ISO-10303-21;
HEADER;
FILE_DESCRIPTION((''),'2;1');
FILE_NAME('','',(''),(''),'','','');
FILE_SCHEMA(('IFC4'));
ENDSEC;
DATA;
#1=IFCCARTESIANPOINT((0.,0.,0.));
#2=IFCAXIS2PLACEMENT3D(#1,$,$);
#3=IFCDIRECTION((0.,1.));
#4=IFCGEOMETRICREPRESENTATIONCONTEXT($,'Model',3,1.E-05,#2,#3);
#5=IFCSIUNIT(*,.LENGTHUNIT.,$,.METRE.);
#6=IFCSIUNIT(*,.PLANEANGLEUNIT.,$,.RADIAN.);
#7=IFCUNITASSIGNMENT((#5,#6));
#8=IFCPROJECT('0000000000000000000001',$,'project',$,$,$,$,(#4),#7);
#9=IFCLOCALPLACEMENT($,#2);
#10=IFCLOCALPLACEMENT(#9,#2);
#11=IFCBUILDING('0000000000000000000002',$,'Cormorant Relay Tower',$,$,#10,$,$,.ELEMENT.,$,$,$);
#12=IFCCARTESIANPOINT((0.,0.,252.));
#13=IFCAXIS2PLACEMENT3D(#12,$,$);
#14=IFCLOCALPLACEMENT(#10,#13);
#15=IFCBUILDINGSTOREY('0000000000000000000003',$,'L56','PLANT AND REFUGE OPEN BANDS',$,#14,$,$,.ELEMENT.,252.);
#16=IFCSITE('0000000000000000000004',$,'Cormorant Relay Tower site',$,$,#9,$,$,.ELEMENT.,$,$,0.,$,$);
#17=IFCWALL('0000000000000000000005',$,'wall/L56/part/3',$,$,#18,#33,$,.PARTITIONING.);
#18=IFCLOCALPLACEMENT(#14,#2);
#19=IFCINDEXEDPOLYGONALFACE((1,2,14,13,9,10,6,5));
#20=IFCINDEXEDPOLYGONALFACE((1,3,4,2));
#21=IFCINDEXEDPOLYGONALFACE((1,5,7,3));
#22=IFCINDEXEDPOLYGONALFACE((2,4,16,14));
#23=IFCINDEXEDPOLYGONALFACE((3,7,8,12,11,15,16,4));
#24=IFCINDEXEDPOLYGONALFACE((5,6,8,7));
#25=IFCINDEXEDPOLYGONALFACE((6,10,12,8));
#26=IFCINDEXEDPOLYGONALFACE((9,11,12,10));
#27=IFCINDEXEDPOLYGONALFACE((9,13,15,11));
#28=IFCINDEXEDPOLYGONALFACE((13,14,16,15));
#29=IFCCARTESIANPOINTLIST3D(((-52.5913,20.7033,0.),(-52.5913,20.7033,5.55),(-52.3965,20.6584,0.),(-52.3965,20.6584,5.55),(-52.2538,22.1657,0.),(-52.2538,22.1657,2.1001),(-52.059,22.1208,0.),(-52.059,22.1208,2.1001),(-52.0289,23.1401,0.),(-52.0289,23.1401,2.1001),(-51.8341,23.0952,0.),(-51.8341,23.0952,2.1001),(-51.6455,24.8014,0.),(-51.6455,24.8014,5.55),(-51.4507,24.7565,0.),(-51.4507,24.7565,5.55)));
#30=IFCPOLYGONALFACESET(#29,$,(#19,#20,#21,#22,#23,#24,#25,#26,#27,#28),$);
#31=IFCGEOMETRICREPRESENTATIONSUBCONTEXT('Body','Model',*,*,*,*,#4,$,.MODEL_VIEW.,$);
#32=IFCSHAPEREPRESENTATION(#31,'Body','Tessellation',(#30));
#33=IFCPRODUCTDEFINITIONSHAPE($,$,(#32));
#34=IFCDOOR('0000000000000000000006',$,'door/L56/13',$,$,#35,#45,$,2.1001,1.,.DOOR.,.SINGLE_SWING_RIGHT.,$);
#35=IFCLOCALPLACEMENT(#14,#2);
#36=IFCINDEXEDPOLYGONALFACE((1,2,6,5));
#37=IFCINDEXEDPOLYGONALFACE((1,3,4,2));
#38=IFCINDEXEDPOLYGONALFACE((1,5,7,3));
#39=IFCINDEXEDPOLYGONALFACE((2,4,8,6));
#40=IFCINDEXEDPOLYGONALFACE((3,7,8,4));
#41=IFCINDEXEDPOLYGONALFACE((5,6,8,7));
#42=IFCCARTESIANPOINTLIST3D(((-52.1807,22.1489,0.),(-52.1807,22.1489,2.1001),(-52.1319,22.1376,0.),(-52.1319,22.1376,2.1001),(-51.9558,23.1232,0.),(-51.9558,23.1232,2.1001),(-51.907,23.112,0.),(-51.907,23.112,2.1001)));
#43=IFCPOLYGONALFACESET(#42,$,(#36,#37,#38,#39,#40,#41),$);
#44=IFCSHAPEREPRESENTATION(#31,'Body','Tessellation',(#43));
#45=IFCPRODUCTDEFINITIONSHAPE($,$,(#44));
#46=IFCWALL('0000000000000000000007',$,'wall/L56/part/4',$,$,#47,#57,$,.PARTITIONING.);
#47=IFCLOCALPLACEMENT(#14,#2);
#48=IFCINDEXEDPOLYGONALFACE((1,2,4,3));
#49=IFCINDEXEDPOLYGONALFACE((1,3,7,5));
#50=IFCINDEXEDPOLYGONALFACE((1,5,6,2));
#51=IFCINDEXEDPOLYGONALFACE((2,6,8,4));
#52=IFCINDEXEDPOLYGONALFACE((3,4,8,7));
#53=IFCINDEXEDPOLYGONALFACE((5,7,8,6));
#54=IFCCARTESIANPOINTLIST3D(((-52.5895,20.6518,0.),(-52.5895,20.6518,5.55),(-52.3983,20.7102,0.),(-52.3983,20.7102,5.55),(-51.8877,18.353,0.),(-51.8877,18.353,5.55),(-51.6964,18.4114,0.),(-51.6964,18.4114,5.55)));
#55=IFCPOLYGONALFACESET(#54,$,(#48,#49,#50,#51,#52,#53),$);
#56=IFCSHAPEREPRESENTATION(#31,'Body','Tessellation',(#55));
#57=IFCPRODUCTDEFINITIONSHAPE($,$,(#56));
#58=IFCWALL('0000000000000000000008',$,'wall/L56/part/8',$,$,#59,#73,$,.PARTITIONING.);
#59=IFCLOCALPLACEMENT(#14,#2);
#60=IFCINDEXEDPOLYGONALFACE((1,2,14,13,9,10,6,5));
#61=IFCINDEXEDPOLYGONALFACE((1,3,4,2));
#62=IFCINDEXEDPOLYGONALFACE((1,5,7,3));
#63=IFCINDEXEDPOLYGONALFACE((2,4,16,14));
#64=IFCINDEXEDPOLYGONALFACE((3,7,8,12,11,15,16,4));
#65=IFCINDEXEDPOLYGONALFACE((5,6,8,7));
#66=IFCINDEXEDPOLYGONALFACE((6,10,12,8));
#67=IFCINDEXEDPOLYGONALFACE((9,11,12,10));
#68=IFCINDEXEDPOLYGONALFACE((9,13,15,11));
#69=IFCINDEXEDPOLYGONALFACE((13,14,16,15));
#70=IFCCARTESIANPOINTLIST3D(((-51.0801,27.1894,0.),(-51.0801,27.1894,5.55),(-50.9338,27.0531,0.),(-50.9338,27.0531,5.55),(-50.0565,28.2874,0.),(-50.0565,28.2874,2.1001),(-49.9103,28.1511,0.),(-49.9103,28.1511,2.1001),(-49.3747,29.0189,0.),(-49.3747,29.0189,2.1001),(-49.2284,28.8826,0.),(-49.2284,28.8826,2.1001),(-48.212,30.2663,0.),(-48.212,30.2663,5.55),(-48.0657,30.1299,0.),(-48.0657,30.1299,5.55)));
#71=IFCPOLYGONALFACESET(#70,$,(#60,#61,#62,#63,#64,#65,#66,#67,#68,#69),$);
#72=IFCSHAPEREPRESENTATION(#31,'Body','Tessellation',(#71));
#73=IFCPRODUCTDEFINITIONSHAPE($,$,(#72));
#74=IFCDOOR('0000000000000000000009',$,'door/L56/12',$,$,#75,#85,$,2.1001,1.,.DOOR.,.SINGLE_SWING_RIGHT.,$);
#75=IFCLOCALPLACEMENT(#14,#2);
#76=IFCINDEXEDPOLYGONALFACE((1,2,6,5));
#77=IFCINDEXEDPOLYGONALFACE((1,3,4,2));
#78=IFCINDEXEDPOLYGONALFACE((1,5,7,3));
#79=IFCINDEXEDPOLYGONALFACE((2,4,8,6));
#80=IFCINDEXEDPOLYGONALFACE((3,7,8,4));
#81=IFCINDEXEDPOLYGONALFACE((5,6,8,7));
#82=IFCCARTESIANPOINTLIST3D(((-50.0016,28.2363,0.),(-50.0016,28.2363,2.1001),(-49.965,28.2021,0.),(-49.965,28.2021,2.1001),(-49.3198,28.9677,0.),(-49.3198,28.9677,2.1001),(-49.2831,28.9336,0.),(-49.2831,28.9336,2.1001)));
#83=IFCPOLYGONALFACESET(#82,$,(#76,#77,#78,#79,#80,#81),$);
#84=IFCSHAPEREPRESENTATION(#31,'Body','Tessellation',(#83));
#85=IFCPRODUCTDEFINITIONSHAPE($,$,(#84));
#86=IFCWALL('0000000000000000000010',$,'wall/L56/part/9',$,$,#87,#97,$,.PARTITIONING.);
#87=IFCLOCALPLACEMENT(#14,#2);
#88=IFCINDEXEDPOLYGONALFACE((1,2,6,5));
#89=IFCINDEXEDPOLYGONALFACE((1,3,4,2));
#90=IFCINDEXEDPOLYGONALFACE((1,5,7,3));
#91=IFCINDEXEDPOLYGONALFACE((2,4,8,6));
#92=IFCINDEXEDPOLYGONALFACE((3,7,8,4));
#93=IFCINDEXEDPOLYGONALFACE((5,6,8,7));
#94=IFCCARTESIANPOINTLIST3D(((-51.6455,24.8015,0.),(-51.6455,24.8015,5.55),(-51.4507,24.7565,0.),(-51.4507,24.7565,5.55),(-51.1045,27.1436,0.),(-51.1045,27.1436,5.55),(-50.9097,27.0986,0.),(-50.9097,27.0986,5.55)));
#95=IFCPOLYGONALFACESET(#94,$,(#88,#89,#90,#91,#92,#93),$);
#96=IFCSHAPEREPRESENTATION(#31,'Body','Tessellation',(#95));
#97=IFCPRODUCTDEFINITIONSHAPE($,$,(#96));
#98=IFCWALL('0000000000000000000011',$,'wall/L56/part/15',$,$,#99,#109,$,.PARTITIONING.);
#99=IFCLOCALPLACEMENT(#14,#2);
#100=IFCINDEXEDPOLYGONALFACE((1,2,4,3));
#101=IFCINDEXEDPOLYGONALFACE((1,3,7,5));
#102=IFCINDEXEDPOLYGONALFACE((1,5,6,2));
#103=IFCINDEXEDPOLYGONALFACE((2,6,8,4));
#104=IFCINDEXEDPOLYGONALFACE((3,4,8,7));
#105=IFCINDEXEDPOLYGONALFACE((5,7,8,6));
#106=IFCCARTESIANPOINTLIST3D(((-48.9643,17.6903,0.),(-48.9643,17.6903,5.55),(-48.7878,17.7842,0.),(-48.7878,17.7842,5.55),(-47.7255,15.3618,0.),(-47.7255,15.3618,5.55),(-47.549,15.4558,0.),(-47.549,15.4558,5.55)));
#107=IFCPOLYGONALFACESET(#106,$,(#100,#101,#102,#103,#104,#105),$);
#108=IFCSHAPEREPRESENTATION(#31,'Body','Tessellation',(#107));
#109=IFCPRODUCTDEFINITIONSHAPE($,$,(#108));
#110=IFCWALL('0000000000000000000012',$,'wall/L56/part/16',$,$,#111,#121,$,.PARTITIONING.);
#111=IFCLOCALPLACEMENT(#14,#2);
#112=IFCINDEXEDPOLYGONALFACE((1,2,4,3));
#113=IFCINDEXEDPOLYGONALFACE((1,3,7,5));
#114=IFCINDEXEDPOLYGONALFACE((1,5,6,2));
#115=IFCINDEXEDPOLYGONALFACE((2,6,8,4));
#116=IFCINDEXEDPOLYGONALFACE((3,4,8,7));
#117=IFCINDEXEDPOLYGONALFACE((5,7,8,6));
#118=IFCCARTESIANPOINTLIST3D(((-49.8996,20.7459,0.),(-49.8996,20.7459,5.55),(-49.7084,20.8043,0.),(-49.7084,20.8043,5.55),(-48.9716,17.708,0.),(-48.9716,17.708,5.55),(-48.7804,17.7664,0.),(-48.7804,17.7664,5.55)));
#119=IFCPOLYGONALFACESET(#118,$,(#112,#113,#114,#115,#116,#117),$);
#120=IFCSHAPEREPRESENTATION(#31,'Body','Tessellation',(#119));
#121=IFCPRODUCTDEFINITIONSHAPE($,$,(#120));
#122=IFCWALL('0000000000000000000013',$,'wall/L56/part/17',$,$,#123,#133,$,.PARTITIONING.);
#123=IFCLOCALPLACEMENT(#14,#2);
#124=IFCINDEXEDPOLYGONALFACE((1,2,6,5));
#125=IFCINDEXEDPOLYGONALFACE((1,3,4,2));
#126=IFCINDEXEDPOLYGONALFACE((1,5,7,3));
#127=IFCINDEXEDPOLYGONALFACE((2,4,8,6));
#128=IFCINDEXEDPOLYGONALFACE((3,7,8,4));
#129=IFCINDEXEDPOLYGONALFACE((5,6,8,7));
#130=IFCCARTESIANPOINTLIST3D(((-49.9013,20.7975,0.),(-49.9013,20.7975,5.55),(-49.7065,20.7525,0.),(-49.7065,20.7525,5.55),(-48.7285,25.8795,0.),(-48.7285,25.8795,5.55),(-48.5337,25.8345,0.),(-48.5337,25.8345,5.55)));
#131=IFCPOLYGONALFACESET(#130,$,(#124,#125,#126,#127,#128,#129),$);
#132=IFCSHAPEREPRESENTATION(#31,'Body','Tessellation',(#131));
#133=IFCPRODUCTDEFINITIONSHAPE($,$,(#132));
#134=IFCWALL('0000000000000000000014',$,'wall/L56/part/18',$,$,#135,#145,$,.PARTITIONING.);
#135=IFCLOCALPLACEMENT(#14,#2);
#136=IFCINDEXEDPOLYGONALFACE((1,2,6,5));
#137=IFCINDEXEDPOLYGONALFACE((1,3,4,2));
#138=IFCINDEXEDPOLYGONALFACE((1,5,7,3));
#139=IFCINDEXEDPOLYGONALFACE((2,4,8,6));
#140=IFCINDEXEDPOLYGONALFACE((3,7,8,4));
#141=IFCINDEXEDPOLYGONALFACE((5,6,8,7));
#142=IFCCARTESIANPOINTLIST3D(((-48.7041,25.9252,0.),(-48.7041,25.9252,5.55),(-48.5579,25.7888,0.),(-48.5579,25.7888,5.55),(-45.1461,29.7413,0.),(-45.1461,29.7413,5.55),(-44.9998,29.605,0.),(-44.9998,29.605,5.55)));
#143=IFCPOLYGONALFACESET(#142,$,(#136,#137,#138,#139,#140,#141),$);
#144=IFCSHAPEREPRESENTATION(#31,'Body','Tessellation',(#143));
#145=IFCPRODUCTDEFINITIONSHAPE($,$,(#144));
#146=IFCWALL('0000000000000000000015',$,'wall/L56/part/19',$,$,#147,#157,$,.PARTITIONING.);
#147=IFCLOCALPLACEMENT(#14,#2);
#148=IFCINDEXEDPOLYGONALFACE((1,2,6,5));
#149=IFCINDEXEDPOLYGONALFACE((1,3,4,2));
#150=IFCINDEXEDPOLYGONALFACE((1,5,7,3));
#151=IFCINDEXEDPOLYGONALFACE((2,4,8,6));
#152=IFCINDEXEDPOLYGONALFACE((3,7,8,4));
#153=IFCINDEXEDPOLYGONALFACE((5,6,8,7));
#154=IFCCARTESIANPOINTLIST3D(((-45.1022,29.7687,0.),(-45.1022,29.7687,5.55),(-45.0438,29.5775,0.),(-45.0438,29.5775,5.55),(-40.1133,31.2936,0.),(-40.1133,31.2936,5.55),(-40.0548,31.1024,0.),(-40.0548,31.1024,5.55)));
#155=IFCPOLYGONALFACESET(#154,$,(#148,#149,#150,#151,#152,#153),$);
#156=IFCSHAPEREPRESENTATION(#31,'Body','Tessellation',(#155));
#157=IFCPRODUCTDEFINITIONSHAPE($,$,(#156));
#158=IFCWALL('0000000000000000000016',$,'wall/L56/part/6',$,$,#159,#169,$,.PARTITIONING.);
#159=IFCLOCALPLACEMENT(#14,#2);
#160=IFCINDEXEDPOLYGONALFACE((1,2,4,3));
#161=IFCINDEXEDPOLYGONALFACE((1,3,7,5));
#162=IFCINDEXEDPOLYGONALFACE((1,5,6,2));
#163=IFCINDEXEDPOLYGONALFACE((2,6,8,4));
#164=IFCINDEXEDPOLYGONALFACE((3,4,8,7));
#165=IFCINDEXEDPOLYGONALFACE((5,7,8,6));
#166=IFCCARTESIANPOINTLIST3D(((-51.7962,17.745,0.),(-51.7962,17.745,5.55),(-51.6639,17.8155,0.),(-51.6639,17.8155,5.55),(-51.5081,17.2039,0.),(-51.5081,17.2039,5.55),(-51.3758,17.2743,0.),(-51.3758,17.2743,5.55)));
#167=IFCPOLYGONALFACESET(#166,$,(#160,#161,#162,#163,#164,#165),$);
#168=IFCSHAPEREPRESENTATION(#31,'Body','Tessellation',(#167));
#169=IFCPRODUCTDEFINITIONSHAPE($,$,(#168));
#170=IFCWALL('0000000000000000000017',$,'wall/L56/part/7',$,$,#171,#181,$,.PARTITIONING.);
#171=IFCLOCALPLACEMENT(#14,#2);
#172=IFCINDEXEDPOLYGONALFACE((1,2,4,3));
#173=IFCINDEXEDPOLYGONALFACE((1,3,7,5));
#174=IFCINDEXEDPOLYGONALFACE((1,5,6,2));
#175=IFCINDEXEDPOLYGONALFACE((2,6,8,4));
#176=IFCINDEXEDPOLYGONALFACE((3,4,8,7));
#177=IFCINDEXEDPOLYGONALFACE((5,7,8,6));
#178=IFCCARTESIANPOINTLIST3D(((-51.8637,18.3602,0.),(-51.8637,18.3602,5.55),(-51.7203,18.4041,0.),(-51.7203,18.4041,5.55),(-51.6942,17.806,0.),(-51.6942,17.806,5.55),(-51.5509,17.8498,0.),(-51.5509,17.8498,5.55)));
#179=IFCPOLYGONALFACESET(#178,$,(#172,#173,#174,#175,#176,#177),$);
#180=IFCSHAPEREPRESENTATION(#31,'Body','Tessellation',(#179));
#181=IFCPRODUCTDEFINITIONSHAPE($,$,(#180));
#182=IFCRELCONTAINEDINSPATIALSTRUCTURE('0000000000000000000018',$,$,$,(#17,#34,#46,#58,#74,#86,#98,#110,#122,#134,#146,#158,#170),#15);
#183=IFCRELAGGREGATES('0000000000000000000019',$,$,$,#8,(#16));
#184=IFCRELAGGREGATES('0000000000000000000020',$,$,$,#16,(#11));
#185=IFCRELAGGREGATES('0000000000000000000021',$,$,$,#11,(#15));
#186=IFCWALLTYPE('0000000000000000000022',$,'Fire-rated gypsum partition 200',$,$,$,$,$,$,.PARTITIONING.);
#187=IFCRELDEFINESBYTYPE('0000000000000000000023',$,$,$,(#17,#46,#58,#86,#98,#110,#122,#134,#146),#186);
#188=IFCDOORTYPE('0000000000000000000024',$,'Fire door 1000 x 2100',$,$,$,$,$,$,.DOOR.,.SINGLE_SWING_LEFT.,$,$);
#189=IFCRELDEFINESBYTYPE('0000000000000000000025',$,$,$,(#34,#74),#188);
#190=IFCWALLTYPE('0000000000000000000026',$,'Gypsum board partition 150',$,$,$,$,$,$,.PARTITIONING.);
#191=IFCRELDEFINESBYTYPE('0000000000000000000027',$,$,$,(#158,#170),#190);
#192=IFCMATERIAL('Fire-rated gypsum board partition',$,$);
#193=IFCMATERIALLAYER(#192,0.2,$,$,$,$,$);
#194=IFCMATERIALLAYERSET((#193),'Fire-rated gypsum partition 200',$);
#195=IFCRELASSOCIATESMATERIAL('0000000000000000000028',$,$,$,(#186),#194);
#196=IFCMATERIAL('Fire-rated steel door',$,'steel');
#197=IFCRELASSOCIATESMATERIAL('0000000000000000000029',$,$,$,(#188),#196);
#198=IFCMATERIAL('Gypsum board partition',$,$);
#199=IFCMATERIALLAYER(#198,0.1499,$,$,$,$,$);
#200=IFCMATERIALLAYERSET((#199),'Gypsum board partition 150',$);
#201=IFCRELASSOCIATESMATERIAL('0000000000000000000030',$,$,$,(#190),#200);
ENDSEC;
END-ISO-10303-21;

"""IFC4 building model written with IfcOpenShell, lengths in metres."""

from ifc_helpers import new_model, si_unit, direction, frame, frame_2d, origin, place, context, subcontext, project, spatial, rectangle, extrude, material, layer, layer_set, type_object, element, fill, save


model = new_model("IFC4")

# Units and contexts
model_context = context("Model", 3, precision=1e-05, world=origin(), true_north=direction((0.0, 1.0)))
body_context = subcontext(model_context, "Body", "Model", "MODEL_VIEW")
ifc_project = project(units=[si_unit("LENGTHUNIT", "METRE"), si_unit("PLANEANGLEUNIT", "RADIAN")], contexts=[model_context])

# Site, building, storey
site_placement = place(None, origin())
site = spatial("IfcSite", under=ifc_project, at=site_placement, Name="Cormorant Relay Tower site", CompositionType="ELEMENT", RefElevation=0.0)
building_placement = place(site_placement, origin())
building = spatial("IfcBuilding", under=site, at=building_placement, Name="Cormorant Relay Tower", CompositionType="ELEMENT")
storey_placement = place(building_placement, frame((0.0, 0.0, 252.0)))
storey = spatial("IfcBuildingStorey", under=building, at=storey_placement, Name="L56", Description="PLANT AND REFUGE OPEN BANDS", CompositionType="ELEMENT", Elevation=252.0)

# Shared definitions
ifc_material_1 = material(Name="Fire-rated gypsum board partition")
ifc_layer_1 = layer(ifc_material_1, 0.2)
ifc_layer_set_1 = layer_set([ifc_layer_1], Name="Fire-rated gypsum partition 200")
wall_type_1 = type_object("IfcWallType", Name="Fire-rated gypsum partition 200", PredefinedType="PARTITIONING", material=ifc_layer_set_1)

# Wall, opening, door
wall_1_placement = place(storey_placement, frame((-51.5481, 24.7791, 0.0), z_axis=(0.0, 0.0, 1.0), x_axis=(-0.224876, -0.974387, 0.0)))
wall_1 = element("IfcWall", 1, at=wall_1_placement, inside=storey, type_object=wall_type_1, Name="wall/L56/part/3", PredefinedType="PARTITIONING", context=body_context, shape_type="SweptSolid", body=[
    extrude(rectangle(XDim=4.2058, YDim=0.2, at=frame_2d((2.103, 0.0))), origin(), (0.0, 0.0, 1.0), 5.55),
])
opening_1_placement = place(wall_1_placement, frame((1.7051, 0.0, 0.0)))
opening_1 = element("IfcOpeningElement", 2, at=opening_1_placement, cuts=wall_1, PredefinedType="OPENING", context=body_context, shape_type="SweptSolid", body=[
    extrude(rectangle(XDim=1.0, YDim=2.1001, at=frame_2d((0.5, 1.05))), frame((0.0, 0.1099, 0.0), z_axis=(0.0, -1.0, 0.0), x_axis=(1.0, 0.0, 0.0)), (0.0, 0.0, 1.0), 0.22),
])
ifc_material_2 = material(Name="Fire-rated steel door", Category="steel")
door_type = type_object("IfcDoorType", Name="Fire door 1000 x 2100", OperationType="SINGLE_SWING_LEFT", PredefinedType="DOOR", material=ifc_material_2)
door_1_placement = place(opening_1_placement, frame((1.0, 0.0, 0.0), z_axis=(0.0, 0.0, 1.0), x_axis=(-1.0, 0.0, 0.0)))
door_1 = element("IfcDoor", 3, at=door_1_placement, inside=storey, type_object=door_type, Name="door/L56/13", OperationType="SINGLE_SWING_RIGHT", OverallHeight=2.1001, OverallWidth=1.0, PredefinedType="DOOR", context=body_context, shape_type="SweptSolid", body=[
    extrude(rectangle(XDim=1.0, YDim=2.1001, at=frame_2d((0.5, 1.05))), frame((0.0, 0.0249, 0.0), z_axis=(0.0, -1.0, 0.0), x_axis=(1.0, 0.0, 0.0)), (0.0, 0.0, 1.0), 0.05),
])
fill(opening_1, door_1)

# Wall
wall_2_placement = place(storey_placement, frame((-52.4939, 20.6809, 0.0), z_axis=(0.0, 0.0, 1.0), x_axis=(0.292022, -0.956411, 0.0)))
element("IfcWall", 4, at=wall_2_placement, inside=storey, type_object=wall_type_1, Name="wall/L56/part/4", PredefinedType="PARTITIONING", context=body_context, shape_type="SweptSolid", body=[
    extrude(rectangle(XDim=2.4036, YDim=0.2, at=frame_2d((1.2017, 0.0))), origin(), (0.0, 0.0, 1.0), 5.55),
])

# Wall, opening, door
wall_3_placement = place(storey_placement, frame((-48.1389, 30.198, 0.0), z_axis=(0.0, 0.0, 1.0), x_axis=(-0.681859, -0.731484, 0.0)))
wall_3 = element("IfcWall", 5, at=wall_3_placement, inside=storey, type_object=wall_type_1, Name="wall/L56/part/8", PredefinedType="PARTITIONING", context=body_context, shape_type="SweptSolid", body=[
    extrude(rectangle(XDim=4.2063, YDim=0.2, at=frame_2d((2.103, 0.0))), origin(), (0.0, 0.0, 1.0), 5.55),
])
opening_2_placement = place(wall_3_placement, frame((1.7051, 0.0, 0.0)))
opening_2 = element("IfcOpeningElement", 6, at=opening_2_placement, cuts=wall_3, PredefinedType="OPENING", context=body_context, shape_type="SweptSolid", body=[
    extrude(rectangle(XDim=1.0, YDim=2.1001, at=frame_2d((0.5, 1.05))), frame((0.0, 0.1099, 0.0), z_axis=(0.0, -1.0, 0.0), x_axis=(1.0, 0.0, 0.0)), (0.0, 0.0, 1.0), 0.22),
])
door_2_placement = place(opening_2_placement, frame((1.0, 0.0, 0.0), z_axis=(0.0, 0.0, 1.0), x_axis=(-1.0, 0.0, 0.0)))
door_2 = element("IfcDoor", 7, at=door_2_placement, inside=storey, type_object=door_type, Name="door/L56/12", OperationType="SINGLE_SWING_RIGHT", OverallHeight=2.1001, OverallWidth=1.0, PredefinedType="DOOR", context=body_context, shape_type="SweptSolid", body=[
    extrude(rectangle(XDim=1.0, YDim=2.1001, at=frame_2d((0.5, 1.05))), frame((0.0, 0.0249, 0.0), z_axis=(0.0, -1.0, 0.0), x_axis=(1.0, 0.0, 0.0)), (0.0, 0.0, 1.0), 0.05),
])
fill(opening_2, door_2)

# Walls
wall_4_placement = place(storey_placement, frame((-51.0071, 27.1211, 0.0), z_axis=(0.0, 0.0, 1.0), x_axis=(-0.225075, -0.974342, 0.0)))
element("IfcWall", 8, at=wall_4_placement, inside=storey, type_object=wall_type_1, Name="wall/L56/part/9", PredefinedType="PARTITIONING", context=body_context, shape_type="SweptSolid", body=[
    extrude(rectangle(XDim=2.4038, YDim=0.2, at=frame_2d((1.2019, 0.0))), origin(), (0.0, 0.0, 1.0), 5.55),
])
wall_5_placement = place(storey_placement, frame((-47.6372, 15.4087, 0.0), z_axis=(0.0, 0.0, 1.0), x_axis=(-0.469694, 0.882829, 0.0)))
element("IfcWall", 9, at=wall_5_placement, inside=storey, type_object=wall_type_1, Name="wall/L56/part/15", PredefinedType="PARTITIONING", context=body_context, shape_type="SweptSolid", body=[
    extrude(rectangle(XDim=2.6375, YDim=0.2, at=frame_2d((1.3188, 0.0))), origin(), (0.0, 0.0, 1.0), 5.55),
])
wall_6_placement = place(storey_placement, frame((-48.876, 17.7371, 0.0), z_axis=(0.0, 0.0, 1.0), x_axis=(-0.292146, 0.956374, 0.0)))
element("IfcWall", 10, at=wall_6_placement, inside=storey, type_object=wall_type_1, Name="wall/L56/part/16", PredefinedType="PARTITIONING", context=body_context, shape_type="SweptSolid", body=[
    extrude(rectangle(XDim=3.1765, YDim=0.2, at=frame_2d((1.5884, 0.0))), origin(), (0.0, 0.0, 1.0), 5.55),
])
wall_7_placement = place(storey_placement, frame((-49.804, 20.7749, 0.0), z_axis=(0.0, 0.0, 1.0), x_axis=(0.224873, 0.974388, 0.0)))
element("IfcWall", 11, at=wall_7_placement, inside=storey, type_object=wall_type_1, Name="wall/L56/part/17", PredefinedType="PARTITIONING", context=body_context, shape_type="SweptSolid", body=[
    extrude(rectangle(XDim=5.2156, YDim=0.2, at=frame_2d((2.6079, 0.0))), origin(), (0.0, 0.0, 1.0), 5.55),
])
wall_8_placement = place(storey_placement, frame((-48.6311, 25.8569, 0.0), z_axis=(0.0, 0.0, 1.0), x_axis=(0.681945, 0.731404, 0.0)))
element("IfcWall", 12, at=wall_8_placement, inside=storey, type_object=wall_type_1, Name="wall/L56/part/18", PredefinedType="PARTITIONING", context=body_context, shape_type="SweptSolid", body=[
    extrude(rectangle(XDim=5.2175, YDim=0.2, at=frame_2d((2.6089, 0.0))), origin(), (0.0, 0.0, 1.0), 5.55),
])
wall_9_placement = place(storey_placement, frame((-45.073, 29.6731, 0.0), z_axis=(0.0, 0.0, 1.0), x_axis=(0.956326, 0.292303, 0.0)))
element("IfcWall", 13, at=wall_9_placement, inside=storey, type_object=wall_type_1, Name="wall/L56/part/19", PredefinedType="PARTITIONING", context=body_context, shape_type="SweptSolid", body=[
    extrude(rectangle(XDim=5.2168, YDim=0.2, at=frame_2d((2.6084, 0.0))), origin(), (0.0, 0.0, 1.0), 5.55),
])
ifc_material_3 = material(Name="Gypsum board partition")
ifc_layer_2 = layer(ifc_material_3, 0.1499)
ifc_layer_set_2 = layer_set([ifc_layer_2], Name="Gypsum board partition 150")
wall_type_2 = type_object("IfcWallType", Name="Gypsum board partition 150", PredefinedType="PARTITIONING", material=ifc_layer_set_2)
wall_10_placement = place(storey_placement, frame((-51.4419, 17.239, 0.0), z_axis=(0.0, 0.0, 1.0), x_axis=(-0.470009, 0.882661, 0.0)))
element("IfcWall", 14, at=wall_10_placement, inside=storey, type_object=wall_type_2, Name="wall/L56/part/6", PredefinedType="PARTITIONING", context=body_context, shape_type="SweptSolid", body=[
    extrude(rectangle(XDim=0.613, YDim=0.1499, at=frame_2d((0.3066, 0.0))), origin(), (0.0, 0.0, 1.0), 5.55),
])
wall_11_placement = place(storey_placement, frame((-51.6226, 17.8279, 0.0), z_axis=(0.0, 0.0, 1.0), x_axis=(-0.292368, 0.956306, 0.0)))
element("IfcWall", 15, at=wall_11_placement, inside=storey, type_object=wall_type_2, Name="wall/L56/part/7", PredefinedType="PARTITIONING", context=body_context, shape_type="SweptSolid", body=[
    extrude(rectangle(XDim=0.5796, YDim=0.1499, at=frame_2d((0.2898, 0.0))), origin(), (0.0, 0.0, 1.0), 5.55),
])

save(model, "model.ifc")
